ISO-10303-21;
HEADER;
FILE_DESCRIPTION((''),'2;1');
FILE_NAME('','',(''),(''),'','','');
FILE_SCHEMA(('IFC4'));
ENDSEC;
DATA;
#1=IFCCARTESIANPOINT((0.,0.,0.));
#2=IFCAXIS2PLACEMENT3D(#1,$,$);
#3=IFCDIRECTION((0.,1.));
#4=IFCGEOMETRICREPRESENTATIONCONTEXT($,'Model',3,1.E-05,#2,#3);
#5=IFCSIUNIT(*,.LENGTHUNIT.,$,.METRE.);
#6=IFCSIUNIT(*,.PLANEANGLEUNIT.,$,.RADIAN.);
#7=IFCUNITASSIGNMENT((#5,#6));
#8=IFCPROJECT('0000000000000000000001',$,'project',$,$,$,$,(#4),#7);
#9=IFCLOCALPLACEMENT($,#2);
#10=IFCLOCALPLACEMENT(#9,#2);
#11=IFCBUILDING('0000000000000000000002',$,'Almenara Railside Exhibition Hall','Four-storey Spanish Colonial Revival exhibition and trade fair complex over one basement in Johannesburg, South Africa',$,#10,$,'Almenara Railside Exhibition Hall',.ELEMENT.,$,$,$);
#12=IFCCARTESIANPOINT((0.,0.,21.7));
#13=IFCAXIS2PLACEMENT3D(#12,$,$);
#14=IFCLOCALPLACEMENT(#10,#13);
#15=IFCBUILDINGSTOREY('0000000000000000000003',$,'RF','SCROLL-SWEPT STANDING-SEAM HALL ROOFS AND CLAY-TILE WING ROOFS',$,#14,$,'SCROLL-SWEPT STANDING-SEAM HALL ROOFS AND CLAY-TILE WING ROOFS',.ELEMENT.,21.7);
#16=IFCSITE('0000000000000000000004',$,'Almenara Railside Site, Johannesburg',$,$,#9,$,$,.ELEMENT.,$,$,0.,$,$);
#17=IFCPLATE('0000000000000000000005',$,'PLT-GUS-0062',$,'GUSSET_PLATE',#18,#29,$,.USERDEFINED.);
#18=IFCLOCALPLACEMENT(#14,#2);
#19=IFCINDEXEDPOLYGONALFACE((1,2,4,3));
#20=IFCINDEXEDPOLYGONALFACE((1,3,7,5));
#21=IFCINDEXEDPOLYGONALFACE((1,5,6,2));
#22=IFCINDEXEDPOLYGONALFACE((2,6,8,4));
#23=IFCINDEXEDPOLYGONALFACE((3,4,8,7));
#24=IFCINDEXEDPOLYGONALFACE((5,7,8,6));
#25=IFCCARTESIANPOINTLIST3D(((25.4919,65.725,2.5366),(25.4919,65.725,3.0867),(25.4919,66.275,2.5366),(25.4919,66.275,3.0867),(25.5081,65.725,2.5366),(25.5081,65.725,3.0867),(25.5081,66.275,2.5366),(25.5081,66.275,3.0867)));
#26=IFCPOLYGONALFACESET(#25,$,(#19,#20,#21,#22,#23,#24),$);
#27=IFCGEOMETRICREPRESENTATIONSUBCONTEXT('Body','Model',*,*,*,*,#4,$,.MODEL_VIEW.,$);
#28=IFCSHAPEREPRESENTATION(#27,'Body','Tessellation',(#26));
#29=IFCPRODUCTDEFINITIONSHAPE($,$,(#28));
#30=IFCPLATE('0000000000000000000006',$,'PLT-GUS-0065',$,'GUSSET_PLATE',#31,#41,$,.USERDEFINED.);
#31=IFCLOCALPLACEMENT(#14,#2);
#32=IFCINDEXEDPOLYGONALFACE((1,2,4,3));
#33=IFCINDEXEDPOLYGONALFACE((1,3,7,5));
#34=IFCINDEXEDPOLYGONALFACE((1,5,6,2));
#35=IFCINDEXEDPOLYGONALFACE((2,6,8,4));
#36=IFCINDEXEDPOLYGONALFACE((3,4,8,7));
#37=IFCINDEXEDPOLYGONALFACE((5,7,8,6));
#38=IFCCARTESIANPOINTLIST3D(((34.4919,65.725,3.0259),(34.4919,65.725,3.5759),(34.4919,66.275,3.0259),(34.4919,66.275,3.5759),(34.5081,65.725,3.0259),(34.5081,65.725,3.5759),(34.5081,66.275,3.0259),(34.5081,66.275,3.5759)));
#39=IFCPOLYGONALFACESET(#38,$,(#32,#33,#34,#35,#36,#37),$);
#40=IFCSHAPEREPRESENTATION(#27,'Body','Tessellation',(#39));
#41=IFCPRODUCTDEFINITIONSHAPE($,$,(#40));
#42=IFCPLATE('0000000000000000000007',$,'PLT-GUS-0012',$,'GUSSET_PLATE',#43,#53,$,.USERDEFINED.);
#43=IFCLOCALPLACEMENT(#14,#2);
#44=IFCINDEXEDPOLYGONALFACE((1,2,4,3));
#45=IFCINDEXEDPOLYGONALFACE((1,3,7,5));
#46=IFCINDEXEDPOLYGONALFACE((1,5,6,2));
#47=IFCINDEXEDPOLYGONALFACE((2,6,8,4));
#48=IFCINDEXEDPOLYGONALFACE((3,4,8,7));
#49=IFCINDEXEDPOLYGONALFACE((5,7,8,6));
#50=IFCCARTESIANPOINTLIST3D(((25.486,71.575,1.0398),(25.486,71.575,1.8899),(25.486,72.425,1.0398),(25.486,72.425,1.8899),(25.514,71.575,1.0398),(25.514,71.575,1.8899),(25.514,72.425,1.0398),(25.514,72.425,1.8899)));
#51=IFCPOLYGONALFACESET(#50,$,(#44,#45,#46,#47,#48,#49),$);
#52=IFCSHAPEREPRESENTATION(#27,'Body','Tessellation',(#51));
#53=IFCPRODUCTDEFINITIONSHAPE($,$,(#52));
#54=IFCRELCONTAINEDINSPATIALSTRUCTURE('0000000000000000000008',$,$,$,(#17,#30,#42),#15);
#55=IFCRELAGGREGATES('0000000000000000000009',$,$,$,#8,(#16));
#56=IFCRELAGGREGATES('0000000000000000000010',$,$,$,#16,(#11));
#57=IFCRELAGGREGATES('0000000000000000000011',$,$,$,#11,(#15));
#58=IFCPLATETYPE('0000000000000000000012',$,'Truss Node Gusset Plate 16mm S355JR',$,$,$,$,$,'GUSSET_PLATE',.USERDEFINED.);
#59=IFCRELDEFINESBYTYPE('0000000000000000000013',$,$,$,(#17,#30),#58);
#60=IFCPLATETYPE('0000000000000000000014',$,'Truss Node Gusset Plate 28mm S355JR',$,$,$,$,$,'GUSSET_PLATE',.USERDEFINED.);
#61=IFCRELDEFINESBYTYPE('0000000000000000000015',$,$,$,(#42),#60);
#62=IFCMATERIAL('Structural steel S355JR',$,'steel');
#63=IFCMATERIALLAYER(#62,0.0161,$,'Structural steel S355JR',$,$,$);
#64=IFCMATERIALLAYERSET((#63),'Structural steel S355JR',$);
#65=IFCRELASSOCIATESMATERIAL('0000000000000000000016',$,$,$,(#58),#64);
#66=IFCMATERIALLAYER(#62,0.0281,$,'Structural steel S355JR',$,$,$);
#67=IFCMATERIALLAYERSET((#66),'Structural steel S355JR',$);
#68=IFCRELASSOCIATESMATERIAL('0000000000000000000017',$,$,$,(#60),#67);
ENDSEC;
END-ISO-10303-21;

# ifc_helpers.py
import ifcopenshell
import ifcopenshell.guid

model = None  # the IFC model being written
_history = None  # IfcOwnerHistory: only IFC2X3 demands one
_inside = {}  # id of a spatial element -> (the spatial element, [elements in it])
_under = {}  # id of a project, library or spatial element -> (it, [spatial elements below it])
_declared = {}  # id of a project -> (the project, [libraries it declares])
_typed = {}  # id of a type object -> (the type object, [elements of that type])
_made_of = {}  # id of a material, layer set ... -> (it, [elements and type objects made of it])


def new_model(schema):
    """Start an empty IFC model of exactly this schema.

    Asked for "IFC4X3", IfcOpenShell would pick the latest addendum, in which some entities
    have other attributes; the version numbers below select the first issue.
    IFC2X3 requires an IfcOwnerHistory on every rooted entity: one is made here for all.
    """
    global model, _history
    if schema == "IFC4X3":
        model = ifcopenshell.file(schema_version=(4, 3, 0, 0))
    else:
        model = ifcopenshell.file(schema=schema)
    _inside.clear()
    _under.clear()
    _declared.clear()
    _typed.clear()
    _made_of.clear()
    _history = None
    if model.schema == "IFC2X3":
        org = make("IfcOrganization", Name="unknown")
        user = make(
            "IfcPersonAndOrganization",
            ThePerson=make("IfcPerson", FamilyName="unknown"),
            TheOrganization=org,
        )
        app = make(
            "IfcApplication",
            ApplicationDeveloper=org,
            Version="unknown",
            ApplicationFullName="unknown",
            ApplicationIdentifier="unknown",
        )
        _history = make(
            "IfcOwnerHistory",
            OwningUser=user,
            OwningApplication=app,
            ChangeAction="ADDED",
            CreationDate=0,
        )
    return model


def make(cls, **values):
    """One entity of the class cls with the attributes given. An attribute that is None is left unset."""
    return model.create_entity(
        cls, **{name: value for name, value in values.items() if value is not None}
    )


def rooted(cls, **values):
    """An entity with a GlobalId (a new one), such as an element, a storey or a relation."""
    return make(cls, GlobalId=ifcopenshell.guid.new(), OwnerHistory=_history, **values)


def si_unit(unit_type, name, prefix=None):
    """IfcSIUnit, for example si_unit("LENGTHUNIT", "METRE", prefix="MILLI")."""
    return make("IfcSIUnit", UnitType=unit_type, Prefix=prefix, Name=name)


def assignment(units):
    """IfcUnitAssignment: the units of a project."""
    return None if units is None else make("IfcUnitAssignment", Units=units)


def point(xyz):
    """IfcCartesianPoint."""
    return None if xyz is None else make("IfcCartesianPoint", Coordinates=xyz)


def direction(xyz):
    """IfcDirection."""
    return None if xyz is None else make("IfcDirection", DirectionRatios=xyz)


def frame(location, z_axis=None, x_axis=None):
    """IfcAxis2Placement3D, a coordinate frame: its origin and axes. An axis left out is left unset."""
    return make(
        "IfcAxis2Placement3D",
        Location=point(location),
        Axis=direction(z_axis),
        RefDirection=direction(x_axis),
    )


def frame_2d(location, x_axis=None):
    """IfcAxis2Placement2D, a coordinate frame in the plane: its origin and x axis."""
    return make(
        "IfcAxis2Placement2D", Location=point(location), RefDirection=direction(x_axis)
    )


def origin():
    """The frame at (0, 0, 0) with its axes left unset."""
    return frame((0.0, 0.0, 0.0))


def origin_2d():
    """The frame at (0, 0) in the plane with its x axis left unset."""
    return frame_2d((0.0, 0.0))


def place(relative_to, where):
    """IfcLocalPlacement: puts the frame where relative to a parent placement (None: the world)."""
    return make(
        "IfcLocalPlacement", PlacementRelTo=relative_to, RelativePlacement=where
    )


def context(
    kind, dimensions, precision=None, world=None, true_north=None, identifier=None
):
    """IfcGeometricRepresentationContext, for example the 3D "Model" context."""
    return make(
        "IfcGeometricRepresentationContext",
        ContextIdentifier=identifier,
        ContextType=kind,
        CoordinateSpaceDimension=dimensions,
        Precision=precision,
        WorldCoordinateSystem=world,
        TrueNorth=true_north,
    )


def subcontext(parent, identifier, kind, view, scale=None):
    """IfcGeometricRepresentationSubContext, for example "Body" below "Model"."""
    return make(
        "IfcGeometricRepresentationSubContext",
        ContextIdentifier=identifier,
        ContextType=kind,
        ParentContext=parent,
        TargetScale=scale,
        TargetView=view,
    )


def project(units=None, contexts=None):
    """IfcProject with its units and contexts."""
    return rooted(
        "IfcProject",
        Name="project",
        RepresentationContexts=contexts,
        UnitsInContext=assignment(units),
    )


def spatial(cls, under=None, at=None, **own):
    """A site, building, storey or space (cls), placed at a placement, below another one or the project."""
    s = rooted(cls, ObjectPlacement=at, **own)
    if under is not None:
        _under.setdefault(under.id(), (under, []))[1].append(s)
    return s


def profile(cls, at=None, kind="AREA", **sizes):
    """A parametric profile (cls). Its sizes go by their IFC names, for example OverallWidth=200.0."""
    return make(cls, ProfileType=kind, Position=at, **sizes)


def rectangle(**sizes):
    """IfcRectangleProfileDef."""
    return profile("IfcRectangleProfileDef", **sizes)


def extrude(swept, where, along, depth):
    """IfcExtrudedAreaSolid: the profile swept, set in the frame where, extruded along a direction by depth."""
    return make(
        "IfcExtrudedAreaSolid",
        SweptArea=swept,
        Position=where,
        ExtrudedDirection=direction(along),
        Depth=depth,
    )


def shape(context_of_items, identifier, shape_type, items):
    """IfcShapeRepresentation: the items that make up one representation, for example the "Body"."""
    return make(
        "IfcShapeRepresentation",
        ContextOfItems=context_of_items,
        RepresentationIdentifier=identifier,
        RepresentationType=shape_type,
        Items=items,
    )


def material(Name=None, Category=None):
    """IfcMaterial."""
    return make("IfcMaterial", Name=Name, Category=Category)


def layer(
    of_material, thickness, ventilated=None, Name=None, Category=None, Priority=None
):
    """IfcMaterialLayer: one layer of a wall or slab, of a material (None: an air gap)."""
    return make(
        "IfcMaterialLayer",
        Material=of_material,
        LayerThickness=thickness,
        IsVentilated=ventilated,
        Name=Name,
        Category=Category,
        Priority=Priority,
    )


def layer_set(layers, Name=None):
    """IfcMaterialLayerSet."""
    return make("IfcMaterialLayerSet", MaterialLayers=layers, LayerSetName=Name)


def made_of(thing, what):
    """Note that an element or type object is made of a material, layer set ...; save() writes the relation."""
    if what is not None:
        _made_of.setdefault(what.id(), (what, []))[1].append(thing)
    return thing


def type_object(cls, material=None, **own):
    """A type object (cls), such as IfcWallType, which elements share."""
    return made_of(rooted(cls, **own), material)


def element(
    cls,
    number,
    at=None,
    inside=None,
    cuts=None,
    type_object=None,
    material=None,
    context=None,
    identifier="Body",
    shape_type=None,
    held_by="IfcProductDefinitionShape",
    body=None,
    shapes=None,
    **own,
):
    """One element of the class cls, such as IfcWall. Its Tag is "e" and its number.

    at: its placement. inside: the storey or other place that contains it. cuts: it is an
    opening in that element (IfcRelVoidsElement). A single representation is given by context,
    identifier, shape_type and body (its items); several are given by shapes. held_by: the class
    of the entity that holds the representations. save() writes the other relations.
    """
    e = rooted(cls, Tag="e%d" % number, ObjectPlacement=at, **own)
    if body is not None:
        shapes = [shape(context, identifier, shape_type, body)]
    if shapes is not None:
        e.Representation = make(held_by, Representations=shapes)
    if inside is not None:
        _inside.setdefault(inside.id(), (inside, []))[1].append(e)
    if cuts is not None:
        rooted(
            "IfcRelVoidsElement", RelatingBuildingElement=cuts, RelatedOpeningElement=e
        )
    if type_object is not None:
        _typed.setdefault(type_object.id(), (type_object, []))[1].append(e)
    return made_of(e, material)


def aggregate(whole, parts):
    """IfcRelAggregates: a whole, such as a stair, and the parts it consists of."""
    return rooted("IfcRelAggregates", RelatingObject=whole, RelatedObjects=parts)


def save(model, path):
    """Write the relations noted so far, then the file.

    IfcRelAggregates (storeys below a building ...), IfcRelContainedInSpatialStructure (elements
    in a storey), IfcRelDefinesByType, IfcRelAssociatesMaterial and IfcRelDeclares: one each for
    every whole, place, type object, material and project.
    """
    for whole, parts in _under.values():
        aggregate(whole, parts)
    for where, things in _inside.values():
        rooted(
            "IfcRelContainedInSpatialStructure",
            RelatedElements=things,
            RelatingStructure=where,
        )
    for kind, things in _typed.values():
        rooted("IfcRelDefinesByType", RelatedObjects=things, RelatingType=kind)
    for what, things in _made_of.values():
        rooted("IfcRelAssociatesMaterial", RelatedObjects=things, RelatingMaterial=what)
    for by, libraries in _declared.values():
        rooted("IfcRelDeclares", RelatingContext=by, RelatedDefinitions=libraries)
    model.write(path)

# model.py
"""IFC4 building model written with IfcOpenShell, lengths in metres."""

from ifc_helpers import new_model, si_unit, direction, frame, origin, origin_2d, place, context, subcontext, project, spatial, rectangle, extrude, material, layer, layer_set, type_object, element, save


model = new_model("IFC4")

# Units and contexts
model_context = context("Model", 3, precision=1e-05, world=origin(), true_north=direction((0.0, 1.0)))
body_context = subcontext(model_context, "Body", "Model", "MODEL_VIEW")
ifc_project = project(units=[si_unit("LENGTHUNIT", "METRE"), si_unit("PLANEANGLEUNIT", "RADIAN")], contexts=[model_context])

# Site, building, storey
site_placement = place(None, origin())
site = spatial("IfcSite", under=ifc_project, at=site_placement, Name="Almenara Railside Site, Johannesburg", CompositionType="ELEMENT", RefElevation=0.0)
building_placement = place(site_placement, origin())
building = spatial("IfcBuilding", under=site, at=building_placement, Name="Almenara Railside Exhibition Hall", Description="Four-storey Spanish Colonial Revival exhibition and trade fair complex over one basement in Johannesburg, South Africa", LongName="Almenara Railside Exhibition Hall", CompositionType="ELEMENT")
storey_placement = place(building_placement, frame((0.0, 0.0, 21.7)))
storey = spatial("IfcBuildingStorey", under=building, at=storey_placement, Name="RF", Description="SCROLL-SWEPT STANDING-SEAM HALL ROOFS AND CLAY-TILE WING ROOFS", LongName="SCROLL-SWEPT STANDING-SEAM HALL ROOFS AND CLAY-TILE WING ROOFS", CompositionType="ELEMENT", Elevation=21.7)

# Shared definitions
ifc_material_1 = material(Name="Structural steel S355JR", Category="steel")

# Plates
ifc_layer_1 = layer(ifc_material_1, 0.0161, Name="Structural steel S355JR")
ifc_layer_set_1 = layer_set([ifc_layer_1], Name="Structural steel S355JR")
plate_type_1 = type_object("IfcPlateType", Name="Truss Node Gusset Plate 16mm S355JR", ElementType="GUSSET_PLATE", PredefinedType="USERDEFINED", material=ifc_layer_set_1)
for number, where, z_axis, x_axis, name in (
    (1, (25.5, 66.0, 2.5366), (0.0, 0.0, 1.0), (0.0, 1.0, 0.0), "PLT-GUS-0062"),
    (2, (34.5, 66.0, 3.0259), (0.0, 0.0, 1.0), (0.0, 1.0, 0.0), "PLT-GUS-0065"),
):
    element("IfcPlate", number, at=place(storey_placement, frame(where, z_axis=z_axis, x_axis=x_axis)), inside=storey, type_object=plate_type_1, Name=name, ObjectType="GUSSET_PLATE", PredefinedType="USERDEFINED", context=body_context, shape_type="SweptSolid", body=[
        extrude(rectangle(XDim=0.55, YDim=0.0161, at=origin_2d()), origin(), (0.0, 0.0, 1.0), 0.55),
    ])
ifc_layer_2 = layer(ifc_material_1, 0.0281, Name="Structural steel S355JR")
ifc_layer_set_2 = layer_set([ifc_layer_2], Name="Structural steel S355JR")
plate_type_2 = type_object("IfcPlateType", Name="Truss Node Gusset Plate 28mm S355JR", ElementType="GUSSET_PLATE", PredefinedType="USERDEFINED", material=ifc_layer_set_2)
plate_placement = place(storey_placement, frame((25.5, 72.0, 1.0398), z_axis=(0.0, 0.0, 1.0), x_axis=(0.0, 1.0, 0.0)))
element("IfcPlate", 3, at=plate_placement, inside=storey, type_object=plate_type_2, Name="PLT-GUS-0012", ObjectType="GUSSET_PLATE", PredefinedType="USERDEFINED", context=body_context, shape_type="SweptSolid", body=[
    extrude(rectangle(XDim=0.8501, YDim=0.0281, at=origin_2d()), origin(), (0.0, 0.0, 1.0), 0.8501),
])

save(model, "model.ifc")
